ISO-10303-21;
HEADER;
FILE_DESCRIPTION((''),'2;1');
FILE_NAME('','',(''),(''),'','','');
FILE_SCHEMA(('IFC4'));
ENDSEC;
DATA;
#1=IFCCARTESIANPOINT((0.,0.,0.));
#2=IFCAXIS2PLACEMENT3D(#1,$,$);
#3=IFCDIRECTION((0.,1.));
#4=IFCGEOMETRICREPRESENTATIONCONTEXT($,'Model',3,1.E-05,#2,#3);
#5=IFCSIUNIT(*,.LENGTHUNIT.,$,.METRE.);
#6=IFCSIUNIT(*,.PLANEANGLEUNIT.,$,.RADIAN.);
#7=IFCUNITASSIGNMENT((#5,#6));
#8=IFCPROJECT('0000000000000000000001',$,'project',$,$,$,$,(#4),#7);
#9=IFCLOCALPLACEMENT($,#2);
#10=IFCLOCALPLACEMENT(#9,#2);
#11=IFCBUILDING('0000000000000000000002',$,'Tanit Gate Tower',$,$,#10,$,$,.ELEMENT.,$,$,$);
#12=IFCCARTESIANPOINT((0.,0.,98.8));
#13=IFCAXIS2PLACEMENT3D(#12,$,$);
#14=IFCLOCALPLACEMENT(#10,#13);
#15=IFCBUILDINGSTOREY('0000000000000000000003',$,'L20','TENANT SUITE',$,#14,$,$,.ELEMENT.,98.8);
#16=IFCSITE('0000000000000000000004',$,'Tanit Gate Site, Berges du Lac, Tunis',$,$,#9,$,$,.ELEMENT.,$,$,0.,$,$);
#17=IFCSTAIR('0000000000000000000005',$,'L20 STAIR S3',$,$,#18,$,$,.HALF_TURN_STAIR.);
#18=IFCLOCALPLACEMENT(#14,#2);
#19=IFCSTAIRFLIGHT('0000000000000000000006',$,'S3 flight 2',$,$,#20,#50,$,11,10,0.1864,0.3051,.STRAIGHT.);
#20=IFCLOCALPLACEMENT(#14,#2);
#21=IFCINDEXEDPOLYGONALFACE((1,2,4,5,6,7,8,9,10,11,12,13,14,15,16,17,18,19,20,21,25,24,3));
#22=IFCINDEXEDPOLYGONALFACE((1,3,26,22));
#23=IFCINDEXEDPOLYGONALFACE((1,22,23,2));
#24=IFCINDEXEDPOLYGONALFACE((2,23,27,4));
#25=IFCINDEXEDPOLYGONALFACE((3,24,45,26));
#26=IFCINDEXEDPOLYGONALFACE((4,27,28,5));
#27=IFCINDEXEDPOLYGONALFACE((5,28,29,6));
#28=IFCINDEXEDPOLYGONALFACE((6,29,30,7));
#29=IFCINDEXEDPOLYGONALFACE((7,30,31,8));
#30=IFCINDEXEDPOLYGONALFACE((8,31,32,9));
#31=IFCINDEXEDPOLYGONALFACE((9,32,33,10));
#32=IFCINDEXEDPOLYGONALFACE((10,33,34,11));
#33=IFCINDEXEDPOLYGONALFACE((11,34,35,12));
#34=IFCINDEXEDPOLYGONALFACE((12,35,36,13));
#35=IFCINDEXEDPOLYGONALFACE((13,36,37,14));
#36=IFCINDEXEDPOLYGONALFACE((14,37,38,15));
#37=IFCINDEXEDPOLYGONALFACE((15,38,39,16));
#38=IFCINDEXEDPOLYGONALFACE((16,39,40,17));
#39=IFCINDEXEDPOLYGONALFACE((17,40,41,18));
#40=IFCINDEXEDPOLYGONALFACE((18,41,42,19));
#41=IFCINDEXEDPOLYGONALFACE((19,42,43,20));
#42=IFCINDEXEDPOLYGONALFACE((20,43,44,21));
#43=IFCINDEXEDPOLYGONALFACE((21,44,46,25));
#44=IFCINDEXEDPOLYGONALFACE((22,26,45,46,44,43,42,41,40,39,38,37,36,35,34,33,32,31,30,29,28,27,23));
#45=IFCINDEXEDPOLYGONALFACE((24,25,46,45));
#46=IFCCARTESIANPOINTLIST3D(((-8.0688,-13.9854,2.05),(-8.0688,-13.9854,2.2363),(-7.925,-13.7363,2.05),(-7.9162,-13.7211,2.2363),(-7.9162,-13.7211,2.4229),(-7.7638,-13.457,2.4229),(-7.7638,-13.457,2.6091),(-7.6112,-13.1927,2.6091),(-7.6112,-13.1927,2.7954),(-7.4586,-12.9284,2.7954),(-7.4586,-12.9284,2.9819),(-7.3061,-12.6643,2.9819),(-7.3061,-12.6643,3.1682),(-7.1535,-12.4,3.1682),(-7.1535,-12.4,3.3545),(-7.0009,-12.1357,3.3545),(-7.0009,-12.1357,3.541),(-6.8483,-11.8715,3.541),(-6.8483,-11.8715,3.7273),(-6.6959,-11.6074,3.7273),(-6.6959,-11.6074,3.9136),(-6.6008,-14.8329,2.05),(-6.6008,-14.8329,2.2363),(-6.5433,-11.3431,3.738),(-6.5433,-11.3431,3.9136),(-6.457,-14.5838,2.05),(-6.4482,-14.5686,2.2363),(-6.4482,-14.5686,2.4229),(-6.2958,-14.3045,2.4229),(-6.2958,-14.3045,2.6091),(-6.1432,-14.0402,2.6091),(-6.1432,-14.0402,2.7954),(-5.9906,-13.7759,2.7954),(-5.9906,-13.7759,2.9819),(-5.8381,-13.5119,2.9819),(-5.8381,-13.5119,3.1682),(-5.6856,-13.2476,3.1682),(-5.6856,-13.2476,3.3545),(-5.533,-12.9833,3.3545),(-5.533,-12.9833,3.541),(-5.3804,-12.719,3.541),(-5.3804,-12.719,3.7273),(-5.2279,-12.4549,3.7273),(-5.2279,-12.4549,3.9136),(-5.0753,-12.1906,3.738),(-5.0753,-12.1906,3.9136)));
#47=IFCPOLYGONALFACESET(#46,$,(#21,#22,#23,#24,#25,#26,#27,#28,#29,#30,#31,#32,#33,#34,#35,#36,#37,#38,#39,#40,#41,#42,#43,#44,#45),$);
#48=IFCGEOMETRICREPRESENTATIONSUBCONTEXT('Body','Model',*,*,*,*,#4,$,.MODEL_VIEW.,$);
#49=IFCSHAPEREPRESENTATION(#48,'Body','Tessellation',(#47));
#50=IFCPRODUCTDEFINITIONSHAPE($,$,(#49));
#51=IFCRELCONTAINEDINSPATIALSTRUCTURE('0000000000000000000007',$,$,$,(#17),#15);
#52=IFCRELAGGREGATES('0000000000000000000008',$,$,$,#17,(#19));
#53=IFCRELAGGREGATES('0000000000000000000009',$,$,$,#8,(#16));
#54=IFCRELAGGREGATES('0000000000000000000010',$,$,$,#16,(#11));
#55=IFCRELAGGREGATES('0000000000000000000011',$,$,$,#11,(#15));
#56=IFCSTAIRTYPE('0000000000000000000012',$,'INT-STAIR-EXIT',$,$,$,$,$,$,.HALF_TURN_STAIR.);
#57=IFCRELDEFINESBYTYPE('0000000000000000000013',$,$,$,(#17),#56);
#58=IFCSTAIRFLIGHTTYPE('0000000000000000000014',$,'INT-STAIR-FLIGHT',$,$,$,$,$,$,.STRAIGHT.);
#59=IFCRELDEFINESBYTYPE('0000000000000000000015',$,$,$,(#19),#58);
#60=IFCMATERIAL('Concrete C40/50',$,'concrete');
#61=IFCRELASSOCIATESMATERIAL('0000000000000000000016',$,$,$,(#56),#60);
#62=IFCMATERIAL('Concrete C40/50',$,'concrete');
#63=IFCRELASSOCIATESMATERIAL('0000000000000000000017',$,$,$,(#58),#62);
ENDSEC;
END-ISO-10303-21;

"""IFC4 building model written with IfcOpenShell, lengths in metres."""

from ifc_helpers import new_model, si_unit, direction, frame, origin, place, context, subcontext, project, spatial, polyline, outline, extrude, material, type_object, element, aggregate, save


model = new_model("IFC4")

# Units and contexts
model_context = context("Model", 3, precision=1e-05, world=origin(), true_north=direction((0.0, 1.0)))
body_context = subcontext(model_context, "Body", "Model", "MODEL_VIEW")
ifc_project = project(units=[si_unit("LENGTHUNIT", "METRE"), si_unit("PLANEANGLEUNIT", "RADIAN")], contexts=[model_context])

# Site, building, storey
site_placement = place(None, origin())
site = spatial("IfcSite", under=ifc_project, at=site_placement, Name="Tanit Gate Site, Berges du Lac, Tunis", CompositionType="ELEMENT", RefElevation=0.0)
building_placement = place(site_placement, origin())
building = spatial("IfcBuilding", under=site, at=building_placement, Name="Tanit Gate Tower", CompositionType="ELEMENT")
storey_placement = place(building_placement, frame((0.0, 0.0, 98.8)))
storey = spatial("IfcBuildingStorey", under=building, at=storey_placement, Name="L20", Description="TENANT SUITE", CompositionType="ELEMENT", Elevation=98.8)

# Stair, stair flight
ifc_material_1 = material(Name="Concrete C40/50", Category="concrete")
stair_type = type_object("IfcStairType", Name="INT-STAIR-EXIT", PredefinedType="HALF_TURN_STAIR", material=ifc_material_1)
stair_placement = place(storey_placement, origin())
stair = element("IfcStair", 1, at=stair_placement, inside=storey, type_object=stair_type, Name="L20 STAIR S3", PredefinedType="HALF_TURN_STAIR")
ifc_material_2 = material(Name="Concrete C40/50", Category="concrete")
stair_flight_type = type_object("IfcStairFlightType", Name="INT-STAIR-FLIGHT", PredefinedType="STRAIGHT", material=ifc_material_2)
stair_flight_1_placement = place(storey_placement, frame((-7.3347, -14.4092, 2.05), z_axis=(0.0, 0.0, 1.0), x_axis=(0.5, 0.866025, 0.0)))
stair_flight_1 = element("IfcStairFlight", 2, at=stair_flight_1_placement, type_object=stair_flight_type, Name="S3 flight 2", NumberOfRisers=11, NumberOfTreads=10, PredefinedType="STRAIGHT", RiserHeight=0.1864, TreadLength=0.3051, context=body_context, shape_type="SweptSolid", body=[
    extrude(outline(polyline([(0.0, 0.0), (0.0, 0.1863), (0.3052, 0.1863), (0.3052, 0.3728), (0.6101, 0.3728), (0.6101, 0.5591), (0.9153, 0.5591), (0.9153, 0.7454), (1.2205, 0.7454), (1.2205, 0.9319), (1.5254, 0.9319), (1.5254, 1.1182), (1.8306, 1.1182), (1.8306, 1.3044), (2.1357, 1.3044), (2.1357, 1.491), (2.4409, 1.491), (2.4409, 1.6772), (2.7458, 1.6772), (2.7458, 1.8635), (3.051, 1.8635), (3.051, 2.05), (3.051, 1.688), (0.2876, 0.0), (0.0, 0.0)])), frame((0.0, 0.8477, 0.0), z_axis=(0.0, -1.0, 0.0), x_axis=(1.0, 0.0, 0.0)), (0.0, 0.0, 1.0), 1.6951),
])
aggregate(stair, [stair_flight_1])

save(model, "model.ifc")
